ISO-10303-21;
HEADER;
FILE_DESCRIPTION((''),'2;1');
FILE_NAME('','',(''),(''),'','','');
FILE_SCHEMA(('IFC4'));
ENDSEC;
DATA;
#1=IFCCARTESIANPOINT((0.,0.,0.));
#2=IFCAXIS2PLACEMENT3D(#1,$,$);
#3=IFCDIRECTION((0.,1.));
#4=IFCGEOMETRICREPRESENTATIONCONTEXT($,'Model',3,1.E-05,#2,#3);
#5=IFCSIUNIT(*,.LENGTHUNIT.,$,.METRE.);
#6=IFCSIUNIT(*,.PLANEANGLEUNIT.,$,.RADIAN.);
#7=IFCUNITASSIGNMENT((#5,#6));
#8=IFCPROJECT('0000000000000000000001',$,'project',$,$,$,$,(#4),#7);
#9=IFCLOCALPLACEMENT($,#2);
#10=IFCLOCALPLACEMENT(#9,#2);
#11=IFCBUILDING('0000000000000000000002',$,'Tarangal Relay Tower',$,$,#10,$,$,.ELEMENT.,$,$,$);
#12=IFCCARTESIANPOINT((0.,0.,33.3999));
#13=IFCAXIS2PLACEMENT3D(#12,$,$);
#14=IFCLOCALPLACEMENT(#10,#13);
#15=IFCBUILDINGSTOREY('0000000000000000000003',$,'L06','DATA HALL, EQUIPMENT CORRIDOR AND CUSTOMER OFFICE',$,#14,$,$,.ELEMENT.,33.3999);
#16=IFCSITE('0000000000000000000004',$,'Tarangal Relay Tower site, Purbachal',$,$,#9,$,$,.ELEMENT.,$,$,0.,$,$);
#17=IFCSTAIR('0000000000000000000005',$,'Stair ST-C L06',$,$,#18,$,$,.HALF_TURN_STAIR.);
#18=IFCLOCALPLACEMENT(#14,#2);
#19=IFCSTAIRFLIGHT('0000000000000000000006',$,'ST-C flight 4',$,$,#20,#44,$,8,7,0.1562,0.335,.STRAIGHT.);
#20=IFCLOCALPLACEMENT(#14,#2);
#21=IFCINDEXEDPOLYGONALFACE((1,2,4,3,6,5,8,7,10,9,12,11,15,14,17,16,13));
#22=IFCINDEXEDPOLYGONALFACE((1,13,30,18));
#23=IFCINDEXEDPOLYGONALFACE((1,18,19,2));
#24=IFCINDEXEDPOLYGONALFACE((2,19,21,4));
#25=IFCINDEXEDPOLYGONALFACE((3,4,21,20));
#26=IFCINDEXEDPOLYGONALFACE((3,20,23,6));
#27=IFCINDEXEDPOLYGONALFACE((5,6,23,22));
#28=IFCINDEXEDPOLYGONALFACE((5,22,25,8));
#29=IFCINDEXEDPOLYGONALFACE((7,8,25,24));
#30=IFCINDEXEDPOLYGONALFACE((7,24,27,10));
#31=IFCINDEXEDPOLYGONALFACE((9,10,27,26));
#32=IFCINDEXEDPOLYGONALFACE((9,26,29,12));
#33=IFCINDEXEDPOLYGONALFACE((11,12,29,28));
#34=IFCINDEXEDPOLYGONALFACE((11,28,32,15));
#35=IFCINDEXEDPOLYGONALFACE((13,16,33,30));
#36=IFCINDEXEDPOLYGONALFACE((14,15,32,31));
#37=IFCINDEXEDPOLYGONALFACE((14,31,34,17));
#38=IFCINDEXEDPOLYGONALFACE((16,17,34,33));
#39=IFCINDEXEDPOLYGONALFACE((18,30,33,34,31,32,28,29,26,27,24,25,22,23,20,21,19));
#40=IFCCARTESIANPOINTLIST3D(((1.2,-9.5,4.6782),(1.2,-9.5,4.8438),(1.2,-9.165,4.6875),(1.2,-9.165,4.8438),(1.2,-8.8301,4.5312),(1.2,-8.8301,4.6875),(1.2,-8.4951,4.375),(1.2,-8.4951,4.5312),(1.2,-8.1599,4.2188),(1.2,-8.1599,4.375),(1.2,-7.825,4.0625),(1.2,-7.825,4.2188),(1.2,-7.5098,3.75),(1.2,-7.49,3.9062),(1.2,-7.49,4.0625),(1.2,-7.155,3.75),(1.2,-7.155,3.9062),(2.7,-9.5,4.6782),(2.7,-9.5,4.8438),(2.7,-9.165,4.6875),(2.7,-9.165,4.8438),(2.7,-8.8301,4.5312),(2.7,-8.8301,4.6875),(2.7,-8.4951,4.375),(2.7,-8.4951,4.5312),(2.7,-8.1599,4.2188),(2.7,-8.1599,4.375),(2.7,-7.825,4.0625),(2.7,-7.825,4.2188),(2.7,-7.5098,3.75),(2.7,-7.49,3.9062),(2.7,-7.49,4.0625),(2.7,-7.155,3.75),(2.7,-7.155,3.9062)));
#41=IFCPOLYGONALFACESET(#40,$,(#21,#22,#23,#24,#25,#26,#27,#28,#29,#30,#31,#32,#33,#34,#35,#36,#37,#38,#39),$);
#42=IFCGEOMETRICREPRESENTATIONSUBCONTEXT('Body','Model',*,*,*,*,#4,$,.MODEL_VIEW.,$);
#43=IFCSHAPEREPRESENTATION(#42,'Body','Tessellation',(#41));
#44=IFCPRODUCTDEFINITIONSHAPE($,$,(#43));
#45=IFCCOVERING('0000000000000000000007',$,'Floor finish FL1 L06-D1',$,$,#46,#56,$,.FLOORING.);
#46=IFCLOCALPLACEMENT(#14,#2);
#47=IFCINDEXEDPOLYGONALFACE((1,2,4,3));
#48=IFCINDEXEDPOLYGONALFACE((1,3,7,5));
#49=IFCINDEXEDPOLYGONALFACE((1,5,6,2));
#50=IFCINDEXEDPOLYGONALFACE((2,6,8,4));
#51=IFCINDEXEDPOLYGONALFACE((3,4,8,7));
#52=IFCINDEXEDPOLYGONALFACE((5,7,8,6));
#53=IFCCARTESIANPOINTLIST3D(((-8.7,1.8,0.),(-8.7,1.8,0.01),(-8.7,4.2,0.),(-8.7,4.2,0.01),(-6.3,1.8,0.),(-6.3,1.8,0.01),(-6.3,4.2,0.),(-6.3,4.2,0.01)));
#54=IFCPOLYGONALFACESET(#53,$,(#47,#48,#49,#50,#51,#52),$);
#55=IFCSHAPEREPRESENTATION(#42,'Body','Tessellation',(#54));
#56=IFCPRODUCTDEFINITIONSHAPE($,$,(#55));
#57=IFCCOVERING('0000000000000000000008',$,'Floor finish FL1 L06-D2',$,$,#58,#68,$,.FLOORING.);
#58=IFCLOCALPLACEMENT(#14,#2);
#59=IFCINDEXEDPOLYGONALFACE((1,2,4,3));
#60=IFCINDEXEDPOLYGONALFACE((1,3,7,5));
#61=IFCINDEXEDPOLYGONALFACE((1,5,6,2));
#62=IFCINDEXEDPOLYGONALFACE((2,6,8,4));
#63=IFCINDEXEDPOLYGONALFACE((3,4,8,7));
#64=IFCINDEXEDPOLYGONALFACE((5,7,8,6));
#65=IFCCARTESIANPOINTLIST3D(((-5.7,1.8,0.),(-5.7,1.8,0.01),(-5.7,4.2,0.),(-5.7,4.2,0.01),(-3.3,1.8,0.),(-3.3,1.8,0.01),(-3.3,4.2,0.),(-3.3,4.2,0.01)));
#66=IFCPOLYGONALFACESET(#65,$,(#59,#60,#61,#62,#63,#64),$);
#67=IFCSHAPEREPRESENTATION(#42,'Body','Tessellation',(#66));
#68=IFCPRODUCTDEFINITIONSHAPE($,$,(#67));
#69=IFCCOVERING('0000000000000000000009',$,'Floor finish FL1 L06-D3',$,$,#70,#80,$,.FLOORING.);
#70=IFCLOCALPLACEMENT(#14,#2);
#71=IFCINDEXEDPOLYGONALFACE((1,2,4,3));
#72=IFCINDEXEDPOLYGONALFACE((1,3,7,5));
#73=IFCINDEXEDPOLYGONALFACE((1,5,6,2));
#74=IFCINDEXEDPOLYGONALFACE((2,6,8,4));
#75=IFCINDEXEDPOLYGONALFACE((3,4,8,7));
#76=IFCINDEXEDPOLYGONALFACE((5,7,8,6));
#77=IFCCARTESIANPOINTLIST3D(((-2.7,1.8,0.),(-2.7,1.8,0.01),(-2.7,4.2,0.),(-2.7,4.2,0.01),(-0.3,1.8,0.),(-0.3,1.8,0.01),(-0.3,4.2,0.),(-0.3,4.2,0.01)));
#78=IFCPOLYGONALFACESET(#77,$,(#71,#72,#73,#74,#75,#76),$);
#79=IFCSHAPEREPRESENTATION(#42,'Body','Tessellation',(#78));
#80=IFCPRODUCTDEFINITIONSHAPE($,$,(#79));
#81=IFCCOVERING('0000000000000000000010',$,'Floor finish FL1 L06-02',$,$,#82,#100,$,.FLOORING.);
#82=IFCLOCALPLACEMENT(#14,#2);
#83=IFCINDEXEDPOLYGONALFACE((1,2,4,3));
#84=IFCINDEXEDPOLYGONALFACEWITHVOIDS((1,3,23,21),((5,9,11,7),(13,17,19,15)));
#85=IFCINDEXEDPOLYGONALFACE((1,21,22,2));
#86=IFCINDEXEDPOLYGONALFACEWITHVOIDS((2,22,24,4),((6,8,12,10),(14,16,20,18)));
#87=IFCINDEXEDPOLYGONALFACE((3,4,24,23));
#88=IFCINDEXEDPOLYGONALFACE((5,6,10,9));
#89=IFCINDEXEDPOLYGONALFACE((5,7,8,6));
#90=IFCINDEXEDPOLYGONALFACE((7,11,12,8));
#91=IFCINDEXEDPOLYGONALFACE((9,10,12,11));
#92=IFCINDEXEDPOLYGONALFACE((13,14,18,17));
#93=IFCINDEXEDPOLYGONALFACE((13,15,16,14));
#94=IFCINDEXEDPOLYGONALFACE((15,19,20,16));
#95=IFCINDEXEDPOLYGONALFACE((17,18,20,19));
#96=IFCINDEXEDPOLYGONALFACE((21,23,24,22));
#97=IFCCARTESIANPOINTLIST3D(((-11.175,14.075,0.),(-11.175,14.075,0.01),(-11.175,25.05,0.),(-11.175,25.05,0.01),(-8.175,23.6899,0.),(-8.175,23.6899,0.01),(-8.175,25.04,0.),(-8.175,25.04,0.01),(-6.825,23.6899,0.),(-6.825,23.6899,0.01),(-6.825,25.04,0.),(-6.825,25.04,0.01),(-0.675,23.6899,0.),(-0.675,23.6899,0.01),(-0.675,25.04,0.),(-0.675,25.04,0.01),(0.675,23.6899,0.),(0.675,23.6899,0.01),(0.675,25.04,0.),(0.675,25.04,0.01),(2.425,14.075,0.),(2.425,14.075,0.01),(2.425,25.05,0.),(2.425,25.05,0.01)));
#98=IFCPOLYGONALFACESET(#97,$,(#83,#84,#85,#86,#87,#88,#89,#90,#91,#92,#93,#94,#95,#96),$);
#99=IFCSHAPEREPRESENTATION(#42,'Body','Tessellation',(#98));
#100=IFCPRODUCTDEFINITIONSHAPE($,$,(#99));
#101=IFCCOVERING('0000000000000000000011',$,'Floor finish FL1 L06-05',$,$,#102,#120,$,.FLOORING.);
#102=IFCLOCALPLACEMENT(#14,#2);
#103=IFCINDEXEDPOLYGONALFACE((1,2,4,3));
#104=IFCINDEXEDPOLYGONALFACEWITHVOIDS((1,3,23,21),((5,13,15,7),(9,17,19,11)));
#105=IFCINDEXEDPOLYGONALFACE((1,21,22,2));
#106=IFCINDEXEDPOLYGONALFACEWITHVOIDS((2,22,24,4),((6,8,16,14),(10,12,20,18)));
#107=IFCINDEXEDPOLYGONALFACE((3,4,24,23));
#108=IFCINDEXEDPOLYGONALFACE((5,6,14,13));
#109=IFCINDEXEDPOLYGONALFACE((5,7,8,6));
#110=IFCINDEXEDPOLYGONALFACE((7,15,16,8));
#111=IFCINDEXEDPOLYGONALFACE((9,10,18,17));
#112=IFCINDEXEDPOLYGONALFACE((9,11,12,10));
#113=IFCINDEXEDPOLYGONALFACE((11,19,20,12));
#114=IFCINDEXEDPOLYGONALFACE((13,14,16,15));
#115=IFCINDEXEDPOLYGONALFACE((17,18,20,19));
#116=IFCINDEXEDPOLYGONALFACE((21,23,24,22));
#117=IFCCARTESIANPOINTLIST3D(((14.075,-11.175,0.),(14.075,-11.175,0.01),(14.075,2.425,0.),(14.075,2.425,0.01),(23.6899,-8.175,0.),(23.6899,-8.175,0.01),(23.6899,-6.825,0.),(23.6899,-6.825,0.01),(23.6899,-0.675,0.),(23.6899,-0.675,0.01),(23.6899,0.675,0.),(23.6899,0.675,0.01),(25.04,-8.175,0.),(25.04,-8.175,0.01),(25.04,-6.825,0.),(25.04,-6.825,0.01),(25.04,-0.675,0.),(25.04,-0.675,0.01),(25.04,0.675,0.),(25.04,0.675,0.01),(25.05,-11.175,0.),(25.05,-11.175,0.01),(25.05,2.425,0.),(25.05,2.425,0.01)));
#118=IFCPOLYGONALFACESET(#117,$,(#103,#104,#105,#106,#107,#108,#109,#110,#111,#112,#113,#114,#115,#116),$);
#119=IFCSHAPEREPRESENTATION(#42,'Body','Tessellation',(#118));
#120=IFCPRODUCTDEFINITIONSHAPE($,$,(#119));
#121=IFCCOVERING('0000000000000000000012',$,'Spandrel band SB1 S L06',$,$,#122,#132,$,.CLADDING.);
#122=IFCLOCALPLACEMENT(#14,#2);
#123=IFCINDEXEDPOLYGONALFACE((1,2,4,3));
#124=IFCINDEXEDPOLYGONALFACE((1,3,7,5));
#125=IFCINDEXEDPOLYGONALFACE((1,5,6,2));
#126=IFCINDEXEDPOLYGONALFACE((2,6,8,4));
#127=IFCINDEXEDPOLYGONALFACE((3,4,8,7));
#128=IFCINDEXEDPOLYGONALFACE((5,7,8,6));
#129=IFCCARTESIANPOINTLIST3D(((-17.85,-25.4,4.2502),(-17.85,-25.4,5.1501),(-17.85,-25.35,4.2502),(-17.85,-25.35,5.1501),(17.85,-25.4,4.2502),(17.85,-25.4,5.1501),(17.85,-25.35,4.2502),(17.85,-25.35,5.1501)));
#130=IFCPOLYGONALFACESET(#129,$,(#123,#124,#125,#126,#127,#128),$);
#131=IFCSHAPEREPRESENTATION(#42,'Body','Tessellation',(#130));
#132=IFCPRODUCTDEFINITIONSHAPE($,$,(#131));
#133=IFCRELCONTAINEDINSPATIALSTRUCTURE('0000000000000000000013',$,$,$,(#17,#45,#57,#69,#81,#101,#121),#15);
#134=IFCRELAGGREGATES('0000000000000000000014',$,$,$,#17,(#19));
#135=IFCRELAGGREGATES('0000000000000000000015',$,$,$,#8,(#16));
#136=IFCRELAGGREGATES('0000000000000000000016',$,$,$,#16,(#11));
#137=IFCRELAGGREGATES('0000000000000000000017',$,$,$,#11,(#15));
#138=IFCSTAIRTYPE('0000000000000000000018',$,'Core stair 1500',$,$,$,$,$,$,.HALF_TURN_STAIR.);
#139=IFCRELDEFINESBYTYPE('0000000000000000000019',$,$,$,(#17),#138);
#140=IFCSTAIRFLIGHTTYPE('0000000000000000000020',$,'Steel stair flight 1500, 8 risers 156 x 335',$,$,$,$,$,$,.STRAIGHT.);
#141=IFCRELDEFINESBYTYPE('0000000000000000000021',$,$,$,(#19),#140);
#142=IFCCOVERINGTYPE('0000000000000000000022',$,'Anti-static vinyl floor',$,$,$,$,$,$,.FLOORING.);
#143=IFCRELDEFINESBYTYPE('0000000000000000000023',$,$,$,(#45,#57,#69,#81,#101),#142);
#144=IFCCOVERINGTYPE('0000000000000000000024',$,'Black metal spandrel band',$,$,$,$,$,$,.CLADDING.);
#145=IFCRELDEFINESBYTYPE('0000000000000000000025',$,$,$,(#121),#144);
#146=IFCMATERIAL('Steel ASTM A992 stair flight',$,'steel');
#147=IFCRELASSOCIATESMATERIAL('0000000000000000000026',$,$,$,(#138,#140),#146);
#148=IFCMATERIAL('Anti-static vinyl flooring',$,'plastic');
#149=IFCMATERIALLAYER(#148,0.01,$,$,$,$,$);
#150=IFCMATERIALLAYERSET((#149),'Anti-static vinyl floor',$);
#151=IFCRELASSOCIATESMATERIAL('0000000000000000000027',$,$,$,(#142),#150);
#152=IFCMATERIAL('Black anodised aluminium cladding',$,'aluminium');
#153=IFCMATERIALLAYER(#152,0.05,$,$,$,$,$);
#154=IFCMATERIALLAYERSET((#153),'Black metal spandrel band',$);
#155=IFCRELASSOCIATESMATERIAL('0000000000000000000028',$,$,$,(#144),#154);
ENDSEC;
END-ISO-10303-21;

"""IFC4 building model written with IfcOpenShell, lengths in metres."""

from ifc_helpers import new_model, si_unit, direction, frame, origin, origin_2d, place, context, subcontext, project, spatial, polyline, rectangle, outline, extrude, material, layer, layer_set, type_object, element, aggregate, save


model = new_model("IFC4")

# Units and contexts
model_context = context("Model", 3, precision=1e-05, world=origin(), true_north=direction((0.0, 1.0)))
body_context = subcontext(model_context, "Body", "Model", "MODEL_VIEW")
ifc_project = project(units=[si_unit("LENGTHUNIT", "METRE"), si_unit("PLANEANGLEUNIT", "RADIAN")], contexts=[model_context])

# Site, building, storey
site_placement = place(None, origin())
site = spatial("IfcSite", under=ifc_project, at=site_placement, Name="Tarangal Relay Tower site, Purbachal", CompositionType="ELEMENT", RefElevation=0.0)
building_placement = place(site_placement, origin())
building = spatial("IfcBuilding", under=site, at=building_placement, Name="Tarangal Relay Tower", CompositionType="ELEMENT")
storey_placement = place(building_placement, frame((0.0, 0.0, 33.3999)))
storey = spatial("IfcBuildingStorey", under=building, at=storey_placement, Name="L06", Description="DATA HALL, EQUIPMENT CORRIDOR AND CUSTOMER OFFICE", CompositionType="ELEMENT", Elevation=33.3999)

# Shared definitions
ifc_material_1 = material(Name="Steel ASTM A992 stair flight", Category="steel")
stair_type = type_object("IfcStairType", Name="Core stair 1500", PredefinedType="HALF_TURN_STAIR", material=ifc_material_1)

# Stair, stair flight
stair_1_placement = place(storey_placement, origin())
stair_1 = element("IfcStair", 1, at=stair_1_placement, inside=storey, type_object=stair_type, Name="Stair ST-C L06", PredefinedType="HALF_TURN_STAIR")
stair_flight_type = type_object("IfcStairFlightType", Name="Steel stair flight 1500, 8 risers 156 x 335", PredefinedType="STRAIGHT", material=ifc_material_1)
stair_flight_1_placement = place(storey_placement, frame((1.95, -7.155, 3.75), z_axis=(0.0, 0.0, 1.0), x_axis=(0.0, -1.0, 0.0)))
stair_flight_1 = element("IfcStairFlight", 2, at=stair_flight_1_placement, type_object=stair_flight_type, Name="ST-C flight 4", NumberOfRisers=8, NumberOfTreads=7, PredefinedType="STRAIGHT", RiserHeight=0.1562, TreadLength=0.335, context=body_context, shape_type="SweptSolid", body=[
    extrude(outline(polyline([(0.0, 0.0), (0.0, 0.1562), (0.335, 0.1562), (0.335, 0.3125), (0.6699, 0.3125), (0.6699, 0.4688), (1.0049, 0.4688), (1.0049, 0.625), (1.3401, 0.625), (1.3401, 0.7812), (1.675, 0.7812), (1.675, 0.9375), (2.01, 0.9375), (2.01, 1.0938), (2.345, 1.0938), (2.345, 1.25), (2.345, 0.9282), (0.3547, 0.0), (0.0, 0.0)])), frame((0.0, 0.75, 0.0), z_axis=(0.0, -1.0, 0.0), x_axis=(1.0, 0.0, 0.0)), (0.0, 0.0, 1.0), 1.5),
])
aggregate(stair_1, [stair_flight_1])

# Coverings
ifc_material_2 = material(Name="Anti-static vinyl flooring", Category="plastic")
ifc_layer_1 = layer(ifc_material_2, 0.01)
ifc_layer_set_1 = layer_set([ifc_layer_1], Name="Anti-static vinyl floor")
covering_type_1 = type_object("IfcCoveringType", Name="Anti-static vinyl floor", PredefinedType="FLOORING", material=ifc_layer_set_1)
covering_1_placement = place(storey_placement, origin())
element("IfcCovering", 3, at=covering_1_placement, inside=storey, type_object=covering_type_1, Name="Floor finish FL1 L06-D1", PredefinedType="FLOORING", context=body_context, shape_type="SweptSolid", body=[
    extrude(outline(polyline([(-8.7, 1.8), (-6.3, 1.8), (-6.3, 4.2), (-8.7, 4.2), (-8.7, 1.8)])), origin(), (0.0, 0.0, 1.0), 0.01),
])
covering_2_placement = place(storey_placement, origin())
element("IfcCovering", 4, at=covering_2_placement, inside=storey, type_object=covering_type_1, Name="Floor finish FL1 L06-D2", PredefinedType="FLOORING", context=body_context, shape_type="SweptSolid", body=[
    extrude(outline(polyline([(-5.7, 1.8), (-3.3, 1.8), (-3.3, 4.2), (-5.7, 4.2), (-5.7, 1.8)])), origin(), (0.0, 0.0, 1.0), 0.01),
])
covering_3_placement = place(storey_placement, origin())
element("IfcCovering", 5, at=covering_3_placement, inside=storey, type_object=covering_type_1, Name="Floor finish FL1 L06-D3", PredefinedType="FLOORING", context=body_context, shape_type="SweptSolid", body=[
    extrude(outline(polyline([(-2.7, 1.8), (-0.3, 1.8), (-0.3, 4.2), (-2.7, 4.2), (-2.7, 1.8)])), origin(), (0.0, 0.0, 1.0), 0.01),
])
covering_4_placement = place(storey_placement, origin())
element("IfcCovering", 6, at=covering_4_placement, inside=storey, type_object=covering_type_1, Name="Floor finish FL1 L06-02", PredefinedType="FLOORING", context=body_context, shape_type="SweptSolid", body=[
    extrude(outline(polyline([(2.425, 25.05), (-11.175, 25.05), (-11.175, 14.075), (2.425, 14.075), (2.425, 25.05)]), holes=[polyline([(-6.825, 23.6899), (-6.825, 25.04), (-8.175, 25.04), (-8.175, 23.6899), (-6.825, 23.6899)]), polyline([(0.675, 23.6899), (0.675, 25.04), (-0.675, 25.04), (-0.675, 23.6899), (0.675, 23.6899)])]), origin(), (0.0, 0.0, 1.0), 0.01),
])
covering_5_placement = place(storey_placement, origin())
element("IfcCovering", 7, at=covering_5_placement, inside=storey, type_object=covering_type_1, Name="Floor finish FL1 L06-05", PredefinedType="FLOORING", context=body_context, shape_type="SweptSolid", body=[
    extrude(outline(polyline([(25.05, -11.175), (25.05, 2.425), (14.075, 2.425), (14.075, -11.175), (25.05, -11.175)]), holes=[polyline([(25.04, -8.175), (25.04, -6.825), (23.6899, -6.825), (23.6899, -8.175), (25.04, -8.175)]), polyline([(25.04, -0.675), (25.04, 0.675), (23.6899, 0.675), (23.6899, -0.675), (25.04, -0.675)])]), origin(), (0.0, 0.0, 1.0), 0.01),
])
ifc_material_3 = material(Name="Black anodised aluminium cladding", Category="aluminium")
ifc_layer_2 = layer(ifc_material_3, 0.05)
ifc_layer_set_2 = layer_set([ifc_layer_2], Name="Black metal spandrel band")
covering_type_2 = type_object("IfcCoveringType", Name="Black metal spandrel band", PredefinedType="CLADDING", material=ifc_layer_set_2)
covering_6_placement = place(storey_placement, frame((0.0, -25.375, 4.2502), z_axis=(0.0, 0.0, 1.0), x_axis=(-1.0, 0.0, 0.0)))
element("IfcCovering", 8, at=covering_6_placement, inside=storey, type_object=covering_type_2, Name="Spandrel band SB1 S L06", PredefinedType="CLADDING", context=body_context, shape_type="SweptSolid", body=[
    extrude(rectangle(XDim=35.7, YDim=0.05, at=origin_2d()), origin(), (0.0, 0.0, 1.0), 0.8999),
])

save(model, "model.ifc")
